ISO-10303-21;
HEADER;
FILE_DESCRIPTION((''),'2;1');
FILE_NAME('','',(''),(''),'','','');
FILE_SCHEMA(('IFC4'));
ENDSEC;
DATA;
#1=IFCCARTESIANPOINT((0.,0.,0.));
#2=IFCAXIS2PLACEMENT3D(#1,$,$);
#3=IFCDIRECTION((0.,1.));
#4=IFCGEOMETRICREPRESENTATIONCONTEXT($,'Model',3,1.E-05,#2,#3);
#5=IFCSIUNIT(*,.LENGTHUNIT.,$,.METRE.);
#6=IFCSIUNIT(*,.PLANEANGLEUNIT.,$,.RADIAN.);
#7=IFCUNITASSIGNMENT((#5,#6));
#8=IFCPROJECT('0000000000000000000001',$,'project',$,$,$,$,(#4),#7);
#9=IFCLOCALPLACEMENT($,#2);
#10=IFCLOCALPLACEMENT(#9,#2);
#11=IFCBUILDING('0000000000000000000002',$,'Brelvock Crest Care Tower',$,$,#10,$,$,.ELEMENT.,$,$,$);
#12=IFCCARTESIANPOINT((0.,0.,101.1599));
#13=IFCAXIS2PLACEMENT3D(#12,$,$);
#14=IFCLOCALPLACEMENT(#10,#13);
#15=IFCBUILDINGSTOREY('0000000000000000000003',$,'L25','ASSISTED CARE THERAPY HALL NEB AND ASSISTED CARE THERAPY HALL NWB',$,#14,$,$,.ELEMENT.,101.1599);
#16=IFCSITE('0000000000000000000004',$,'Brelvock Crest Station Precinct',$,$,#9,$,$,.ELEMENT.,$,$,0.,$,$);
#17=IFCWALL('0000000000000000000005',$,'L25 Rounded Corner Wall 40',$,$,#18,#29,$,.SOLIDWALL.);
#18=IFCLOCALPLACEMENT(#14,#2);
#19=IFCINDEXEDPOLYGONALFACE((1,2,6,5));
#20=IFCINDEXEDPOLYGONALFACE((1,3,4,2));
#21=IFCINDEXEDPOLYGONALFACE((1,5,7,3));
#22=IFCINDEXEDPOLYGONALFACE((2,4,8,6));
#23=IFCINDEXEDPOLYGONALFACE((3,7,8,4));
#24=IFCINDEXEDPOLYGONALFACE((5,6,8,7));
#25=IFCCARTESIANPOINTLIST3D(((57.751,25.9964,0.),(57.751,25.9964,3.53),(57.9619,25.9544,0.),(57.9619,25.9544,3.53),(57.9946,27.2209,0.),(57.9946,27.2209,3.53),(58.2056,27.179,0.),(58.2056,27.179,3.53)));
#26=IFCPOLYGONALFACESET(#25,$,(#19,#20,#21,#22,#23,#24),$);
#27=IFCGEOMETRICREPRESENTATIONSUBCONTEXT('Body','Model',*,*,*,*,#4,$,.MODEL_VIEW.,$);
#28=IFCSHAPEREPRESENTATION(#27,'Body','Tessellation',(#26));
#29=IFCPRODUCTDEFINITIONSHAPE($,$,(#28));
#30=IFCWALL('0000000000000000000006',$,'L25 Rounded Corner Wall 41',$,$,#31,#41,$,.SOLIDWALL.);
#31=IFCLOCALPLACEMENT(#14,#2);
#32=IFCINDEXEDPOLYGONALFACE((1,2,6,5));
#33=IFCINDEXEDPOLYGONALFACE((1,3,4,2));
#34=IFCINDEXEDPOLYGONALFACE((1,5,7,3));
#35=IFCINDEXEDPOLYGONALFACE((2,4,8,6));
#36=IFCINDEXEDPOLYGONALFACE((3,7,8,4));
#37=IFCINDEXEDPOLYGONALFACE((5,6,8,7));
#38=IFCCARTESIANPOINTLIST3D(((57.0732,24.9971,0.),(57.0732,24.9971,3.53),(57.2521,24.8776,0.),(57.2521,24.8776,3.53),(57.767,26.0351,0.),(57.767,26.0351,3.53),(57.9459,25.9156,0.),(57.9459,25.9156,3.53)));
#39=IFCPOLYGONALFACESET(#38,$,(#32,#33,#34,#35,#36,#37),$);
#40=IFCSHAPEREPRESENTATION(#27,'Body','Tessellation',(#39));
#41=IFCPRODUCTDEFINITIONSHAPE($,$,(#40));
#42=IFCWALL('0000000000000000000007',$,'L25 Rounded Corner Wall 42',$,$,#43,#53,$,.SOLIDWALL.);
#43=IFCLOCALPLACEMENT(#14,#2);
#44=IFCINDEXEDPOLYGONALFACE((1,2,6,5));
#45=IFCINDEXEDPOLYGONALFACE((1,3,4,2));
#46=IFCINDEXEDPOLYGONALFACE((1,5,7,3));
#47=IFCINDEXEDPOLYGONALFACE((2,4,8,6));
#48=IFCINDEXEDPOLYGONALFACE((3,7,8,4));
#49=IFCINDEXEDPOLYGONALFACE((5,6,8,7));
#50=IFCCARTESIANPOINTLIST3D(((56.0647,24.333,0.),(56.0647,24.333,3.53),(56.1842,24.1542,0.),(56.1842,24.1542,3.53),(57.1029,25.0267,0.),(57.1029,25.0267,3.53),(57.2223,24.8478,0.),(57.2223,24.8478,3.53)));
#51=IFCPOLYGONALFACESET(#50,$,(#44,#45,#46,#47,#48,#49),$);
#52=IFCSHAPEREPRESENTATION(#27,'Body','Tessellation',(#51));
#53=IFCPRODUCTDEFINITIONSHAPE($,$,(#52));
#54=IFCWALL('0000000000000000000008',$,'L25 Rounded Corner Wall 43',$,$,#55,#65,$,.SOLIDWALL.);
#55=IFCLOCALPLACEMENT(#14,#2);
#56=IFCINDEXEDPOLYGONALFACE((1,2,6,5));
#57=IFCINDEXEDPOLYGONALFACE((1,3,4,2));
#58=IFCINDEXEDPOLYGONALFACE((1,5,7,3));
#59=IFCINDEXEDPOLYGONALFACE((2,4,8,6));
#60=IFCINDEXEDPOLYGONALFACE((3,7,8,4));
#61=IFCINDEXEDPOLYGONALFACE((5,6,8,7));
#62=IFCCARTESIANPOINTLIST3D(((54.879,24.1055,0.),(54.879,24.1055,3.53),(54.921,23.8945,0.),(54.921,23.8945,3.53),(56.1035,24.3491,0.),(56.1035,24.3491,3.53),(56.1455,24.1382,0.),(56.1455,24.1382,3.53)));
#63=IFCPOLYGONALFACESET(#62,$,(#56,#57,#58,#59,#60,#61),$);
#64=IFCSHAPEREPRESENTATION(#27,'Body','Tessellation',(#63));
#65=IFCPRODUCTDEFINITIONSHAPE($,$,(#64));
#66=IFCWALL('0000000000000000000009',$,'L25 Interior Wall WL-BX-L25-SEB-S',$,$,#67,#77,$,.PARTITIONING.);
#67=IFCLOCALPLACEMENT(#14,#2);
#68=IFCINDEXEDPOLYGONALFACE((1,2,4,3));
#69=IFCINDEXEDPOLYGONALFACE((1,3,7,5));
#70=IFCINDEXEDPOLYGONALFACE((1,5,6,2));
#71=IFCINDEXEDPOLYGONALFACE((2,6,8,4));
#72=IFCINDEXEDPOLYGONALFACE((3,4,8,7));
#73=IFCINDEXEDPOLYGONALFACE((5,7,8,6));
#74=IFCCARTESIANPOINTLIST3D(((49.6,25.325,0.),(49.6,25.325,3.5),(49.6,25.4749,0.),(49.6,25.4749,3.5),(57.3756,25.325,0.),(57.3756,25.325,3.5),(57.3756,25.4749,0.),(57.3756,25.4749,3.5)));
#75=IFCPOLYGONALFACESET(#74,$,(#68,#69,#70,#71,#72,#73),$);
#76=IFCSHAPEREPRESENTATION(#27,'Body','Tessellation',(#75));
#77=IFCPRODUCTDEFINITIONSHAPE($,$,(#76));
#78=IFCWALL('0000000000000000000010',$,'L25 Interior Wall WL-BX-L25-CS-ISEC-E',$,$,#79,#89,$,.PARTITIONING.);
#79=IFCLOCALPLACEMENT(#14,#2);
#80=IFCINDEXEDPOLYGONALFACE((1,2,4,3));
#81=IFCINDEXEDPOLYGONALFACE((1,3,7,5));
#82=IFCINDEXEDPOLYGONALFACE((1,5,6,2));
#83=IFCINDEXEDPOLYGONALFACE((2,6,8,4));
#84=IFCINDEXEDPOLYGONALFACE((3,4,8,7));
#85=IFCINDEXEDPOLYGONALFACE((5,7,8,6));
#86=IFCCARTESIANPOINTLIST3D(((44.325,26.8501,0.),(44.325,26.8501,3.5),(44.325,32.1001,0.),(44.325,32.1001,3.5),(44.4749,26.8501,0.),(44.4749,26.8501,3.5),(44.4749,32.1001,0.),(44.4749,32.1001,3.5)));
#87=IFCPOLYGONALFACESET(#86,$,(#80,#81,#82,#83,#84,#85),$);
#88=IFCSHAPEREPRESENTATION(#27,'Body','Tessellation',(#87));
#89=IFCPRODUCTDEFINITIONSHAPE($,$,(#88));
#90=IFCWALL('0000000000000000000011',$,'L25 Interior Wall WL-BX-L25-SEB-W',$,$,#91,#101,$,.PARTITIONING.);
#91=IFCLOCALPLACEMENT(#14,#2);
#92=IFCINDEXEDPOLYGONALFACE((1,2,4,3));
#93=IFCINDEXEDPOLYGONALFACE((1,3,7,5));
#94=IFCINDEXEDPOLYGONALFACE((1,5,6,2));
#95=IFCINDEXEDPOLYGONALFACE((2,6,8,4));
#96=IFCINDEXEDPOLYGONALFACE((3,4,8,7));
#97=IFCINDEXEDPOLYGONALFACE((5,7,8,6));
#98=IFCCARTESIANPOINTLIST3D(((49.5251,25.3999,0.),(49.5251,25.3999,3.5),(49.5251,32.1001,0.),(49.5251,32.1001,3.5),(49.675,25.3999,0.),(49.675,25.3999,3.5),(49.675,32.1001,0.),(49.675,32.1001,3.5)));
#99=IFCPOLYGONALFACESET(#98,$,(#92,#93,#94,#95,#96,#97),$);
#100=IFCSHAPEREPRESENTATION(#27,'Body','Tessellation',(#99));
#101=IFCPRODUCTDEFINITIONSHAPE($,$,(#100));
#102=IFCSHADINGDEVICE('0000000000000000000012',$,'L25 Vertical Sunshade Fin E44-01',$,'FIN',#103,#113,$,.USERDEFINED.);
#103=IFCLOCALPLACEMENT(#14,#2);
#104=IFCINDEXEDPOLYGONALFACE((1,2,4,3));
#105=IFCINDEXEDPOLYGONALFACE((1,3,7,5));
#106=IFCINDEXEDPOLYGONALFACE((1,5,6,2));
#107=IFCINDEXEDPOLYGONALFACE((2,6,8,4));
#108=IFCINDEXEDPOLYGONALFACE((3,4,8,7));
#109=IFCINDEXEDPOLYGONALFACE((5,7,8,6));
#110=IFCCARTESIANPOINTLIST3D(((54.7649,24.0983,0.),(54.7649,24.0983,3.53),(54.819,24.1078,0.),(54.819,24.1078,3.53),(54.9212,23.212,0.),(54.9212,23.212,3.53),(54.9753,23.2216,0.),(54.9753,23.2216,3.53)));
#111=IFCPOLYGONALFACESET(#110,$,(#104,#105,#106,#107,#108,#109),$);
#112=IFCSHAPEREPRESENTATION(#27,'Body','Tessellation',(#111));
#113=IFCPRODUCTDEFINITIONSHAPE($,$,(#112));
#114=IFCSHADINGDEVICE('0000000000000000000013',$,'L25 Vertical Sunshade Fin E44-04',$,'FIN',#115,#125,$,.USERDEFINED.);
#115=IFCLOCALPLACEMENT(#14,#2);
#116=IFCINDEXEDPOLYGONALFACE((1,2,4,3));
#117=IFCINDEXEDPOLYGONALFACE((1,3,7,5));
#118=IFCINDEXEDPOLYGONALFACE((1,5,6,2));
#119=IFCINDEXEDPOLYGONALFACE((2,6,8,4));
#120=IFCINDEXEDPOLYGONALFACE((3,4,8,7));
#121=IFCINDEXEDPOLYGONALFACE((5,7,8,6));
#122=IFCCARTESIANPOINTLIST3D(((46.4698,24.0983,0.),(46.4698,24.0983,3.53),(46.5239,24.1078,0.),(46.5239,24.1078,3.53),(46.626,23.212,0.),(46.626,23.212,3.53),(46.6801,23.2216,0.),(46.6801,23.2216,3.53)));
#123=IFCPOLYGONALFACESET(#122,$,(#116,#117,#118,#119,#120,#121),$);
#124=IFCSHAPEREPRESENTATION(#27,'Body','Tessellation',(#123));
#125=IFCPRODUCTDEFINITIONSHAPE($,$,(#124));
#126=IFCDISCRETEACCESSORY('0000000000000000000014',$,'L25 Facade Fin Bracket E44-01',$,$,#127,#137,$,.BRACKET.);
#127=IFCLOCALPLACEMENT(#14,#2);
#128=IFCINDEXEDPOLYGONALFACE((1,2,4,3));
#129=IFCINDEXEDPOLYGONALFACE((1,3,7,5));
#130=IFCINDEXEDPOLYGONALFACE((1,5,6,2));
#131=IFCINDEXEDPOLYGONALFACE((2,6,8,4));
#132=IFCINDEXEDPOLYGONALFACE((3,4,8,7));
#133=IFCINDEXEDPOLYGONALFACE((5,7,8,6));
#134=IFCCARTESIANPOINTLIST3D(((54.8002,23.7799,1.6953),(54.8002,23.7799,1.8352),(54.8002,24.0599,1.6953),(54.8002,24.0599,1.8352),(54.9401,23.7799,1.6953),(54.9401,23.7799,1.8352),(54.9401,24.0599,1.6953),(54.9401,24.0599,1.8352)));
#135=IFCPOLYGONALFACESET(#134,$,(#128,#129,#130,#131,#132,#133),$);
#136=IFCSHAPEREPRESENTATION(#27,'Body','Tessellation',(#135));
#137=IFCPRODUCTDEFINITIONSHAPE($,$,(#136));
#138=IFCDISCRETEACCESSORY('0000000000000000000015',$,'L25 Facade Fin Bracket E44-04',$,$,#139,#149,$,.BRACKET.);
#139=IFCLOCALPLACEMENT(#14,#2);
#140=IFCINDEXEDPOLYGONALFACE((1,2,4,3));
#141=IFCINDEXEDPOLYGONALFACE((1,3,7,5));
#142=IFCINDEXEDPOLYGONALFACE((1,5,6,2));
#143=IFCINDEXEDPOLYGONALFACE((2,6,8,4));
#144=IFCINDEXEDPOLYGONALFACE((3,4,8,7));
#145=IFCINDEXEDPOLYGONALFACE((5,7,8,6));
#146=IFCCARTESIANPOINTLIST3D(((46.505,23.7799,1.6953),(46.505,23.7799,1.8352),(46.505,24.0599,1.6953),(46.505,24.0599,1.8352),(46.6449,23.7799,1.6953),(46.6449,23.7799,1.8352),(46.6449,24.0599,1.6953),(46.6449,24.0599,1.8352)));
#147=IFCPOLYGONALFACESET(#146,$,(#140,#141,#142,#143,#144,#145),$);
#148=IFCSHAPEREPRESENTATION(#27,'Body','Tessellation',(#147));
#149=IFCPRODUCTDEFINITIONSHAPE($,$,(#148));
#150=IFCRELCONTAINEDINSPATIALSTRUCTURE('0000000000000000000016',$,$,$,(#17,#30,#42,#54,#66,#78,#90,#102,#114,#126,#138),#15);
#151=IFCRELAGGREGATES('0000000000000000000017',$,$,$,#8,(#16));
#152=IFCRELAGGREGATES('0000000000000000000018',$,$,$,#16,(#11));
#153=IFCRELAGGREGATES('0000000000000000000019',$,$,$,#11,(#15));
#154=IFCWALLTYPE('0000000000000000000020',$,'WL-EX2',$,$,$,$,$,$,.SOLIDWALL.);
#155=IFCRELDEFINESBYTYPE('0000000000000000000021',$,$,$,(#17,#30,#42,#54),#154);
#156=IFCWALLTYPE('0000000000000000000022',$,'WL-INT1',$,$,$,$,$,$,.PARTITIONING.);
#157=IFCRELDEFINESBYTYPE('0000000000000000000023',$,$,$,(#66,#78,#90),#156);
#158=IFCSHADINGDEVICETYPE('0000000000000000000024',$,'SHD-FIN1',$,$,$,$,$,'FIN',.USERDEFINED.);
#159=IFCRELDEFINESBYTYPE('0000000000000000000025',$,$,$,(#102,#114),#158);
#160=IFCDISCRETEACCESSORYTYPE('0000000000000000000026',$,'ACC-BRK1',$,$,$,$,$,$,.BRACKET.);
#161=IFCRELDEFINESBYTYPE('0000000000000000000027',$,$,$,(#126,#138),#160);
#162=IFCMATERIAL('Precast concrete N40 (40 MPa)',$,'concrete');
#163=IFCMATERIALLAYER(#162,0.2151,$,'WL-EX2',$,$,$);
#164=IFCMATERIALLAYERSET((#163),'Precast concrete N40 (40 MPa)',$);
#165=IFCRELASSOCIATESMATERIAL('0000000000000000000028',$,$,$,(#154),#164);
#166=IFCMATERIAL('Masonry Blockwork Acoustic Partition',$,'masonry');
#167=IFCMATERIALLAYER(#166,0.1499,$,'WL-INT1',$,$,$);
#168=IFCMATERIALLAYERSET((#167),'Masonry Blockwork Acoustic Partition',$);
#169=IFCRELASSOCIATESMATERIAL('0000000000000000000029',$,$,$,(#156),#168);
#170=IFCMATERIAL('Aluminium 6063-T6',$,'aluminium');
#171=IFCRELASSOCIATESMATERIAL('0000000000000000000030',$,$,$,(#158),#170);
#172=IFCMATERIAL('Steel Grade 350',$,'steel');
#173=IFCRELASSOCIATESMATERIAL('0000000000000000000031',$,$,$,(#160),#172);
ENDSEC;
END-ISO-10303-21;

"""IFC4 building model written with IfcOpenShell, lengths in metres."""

from ifc_helpers import new_model, si_unit, direction, frame, frame_2d, origin, origin_2d, place, context, subcontext, project, spatial, rectangle, extrude, source, transform, mapped, material, layer, layer_set, material_profile, profile_set, type_object, element, save


model = new_model("IFC4")

# Units and contexts
model_context = context("Model", 3, precision=1e-05, world=origin(), true_north=direction((0.0, 1.0)))
body_context = subcontext(model_context, "Body", "Model", "MODEL_VIEW")
ifc_project = project(units=[si_unit("LENGTHUNIT", "METRE"), si_unit("PLANEANGLEUNIT", "RADIAN")], contexts=[model_context])

# Site, building, storey
site_placement = place(None, origin())
site = spatial("IfcSite", under=ifc_project, at=site_placement, Name="Brelvock Crest Station Precinct", CompositionType="ELEMENT", RefElevation=0.0)
building_placement = place(site_placement, origin())
building = spatial("IfcBuilding", under=site, at=building_placement, Name="Brelvock Crest Care Tower", CompositionType="ELEMENT")
storey_placement = place(building_placement, frame((0.0, 0.0, 101.1599)))
storey = spatial("IfcBuildingStorey", under=building, at=storey_placement, Name="L25", Description="ASSISTED CARE THERAPY HALL NEB AND ASSISTED CARE THERAPY HALL NWB", CompositionType="ELEMENT", Elevation=101.1599)

# Shared definitions
ifc_material_1 = material(Name="Steel Grade 350", Category="steel")

# Shared definitions
ifc_material_2 = material(Name="Aluminium 6063-T6", Category="aluminium")

# Walls
ifc_material_3 = material(Name="Precast concrete N40 (40 MPa)", Category="concrete")
ifc_layer_1 = layer(ifc_material_3, 0.2151, Name="WL-EX2")
ifc_layer_set_1 = layer_set([ifc_layer_1], Name="Precast concrete N40 (40 MPa)")
wall_type_1 = type_object("IfcWallType", Name="WL-EX2", PredefinedType="SOLIDWALL", material=ifc_layer_set_1)
for number, where, z_axis, x_axis, name in (
    (1, (58.1001, 27.2, 0.0), (0.0, 0.0, 1.0), (-0.195138, -0.980776, 0.0), "L25 Rounded Corner Wall 40"),
    (2, (57.8564, 25.9753, 0.0), (0.0, 0.0, 1.0), (-0.555692, -0.831388, 0.0), "L25 Rounded Corner Wall 41"),
    (3, (57.1626, 24.9373, 0.0), (0.0, 0.0, 1.0), (-0.831478, -0.555557, 0.0), "L25 Rounded Corner Wall 42"),
    (4, (56.1245, 24.2437, 0.0), (0.0, 0.0, 1.0), (-0.980776, -0.195138, 0.0), "L25 Rounded Corner Wall 43"),
):
    element("IfcWall", number, at=place(storey_placement, frame(where, z_axis=z_axis, x_axis=x_axis)), inside=storey, type_object=wall_type_1, Name=name, PredefinedType="SOLIDWALL", context=body_context, shape_type="SweptSolid", body=[
        extrude(rectangle(XDim=1.2485, YDim=0.2151, at=frame_2d((0.6243, 0.0))), origin(), (0.0, 0.0, 1.0), 3.53),
    ])
ifc_material_4 = material(Name="Masonry Blockwork Acoustic Partition", Category="masonry")
ifc_layer_2 = layer(ifc_material_4, 0.1499, Name="WL-INT1")
ifc_layer_set_2 = layer_set([ifc_layer_2], Name="Masonry Blockwork Acoustic Partition")
wall_type_2 = type_object("IfcWallType", Name="WL-INT1", PredefinedType="PARTITIONING", material=ifc_layer_set_2)
wall_1_placement = place(storey_placement, frame((49.6001, 25.3999, 0.0), z_axis=(0.0, 0.0, 1.0), x_axis=(1.0, 0.0, 0.0)))
element("IfcWall", 5, at=wall_1_placement, inside=storey, type_object=wall_type_2, Name="L25 Interior Wall WL-BX-L25-SEB-S", PredefinedType="PARTITIONING", context=body_context, shape_type="SweptSolid", body=[
    extrude(rectangle(XDim=7.7756, YDim=0.1499, at=frame_2d((3.8877, 0.0))), origin(), (0.0, 0.0, 1.0), 3.5),
])
wall_2_placement = place(storey_placement, frame((44.3999, 26.8501, 0.0), z_axis=(0.0, 0.0, 1.0), x_axis=(0.0, 1.0, 0.0)))
element("IfcWall", 6, at=wall_2_placement, inside=storey, type_object=wall_type_2, Name="L25 Interior Wall WL-BX-L25-CS-ISEC-E", PredefinedType="PARTITIONING", context=body_context, shape_type="SweptSolid", body=[
    extrude(rectangle(XDim=5.25, YDim=0.1499, at=frame_2d((2.625, 0.0))), origin(), (0.0, 0.0, 1.0), 3.5),
])
wall_3_placement = place(storey_placement, frame((49.6001, 25.3999, 0.0), z_axis=(0.0, 0.0, 1.0), x_axis=(0.0, 1.0, 0.0)))
element("IfcWall", 7, at=wall_3_placement, inside=storey, type_object=wall_type_2, Name="L25 Interior Wall WL-BX-L25-SEB-W", PredefinedType="PARTITIONING", context=body_context, shape_type="SweptSolid", body=[
    extrude(rectangle(XDim=6.7002, YDim=0.1499, at=frame_2d((3.3501, 0.0))), origin(), (0.0, 0.0, 1.0), 3.5),
])

# Shading devices
ifc_material_profile_1 = material_profile(ifc_material_2, rectangle(XDim=0.0549, YDim=0.8999, at=origin_2d()), Name="FIN55x900")
ifc_profile_set_1 = profile_set([ifc_material_profile_1], Name="Aluminium 6063-T6")
shading_device_type = type_object("IfcShadingDeviceType", Name="SHD-FIN1", ElementType="FIN", PredefinedType="USERDEFINED", material=ifc_profile_set_1)
shared_shape_1 = source(origin(), body_context, "Body", "SweptSolid", [
    extrude(rectangle(XDim=0.0549, YDim=0.8999, at=origin_2d()), origin(), (0.0, 0.0, 1.0), 3.53),
])
for number, where, z_axis, x_axis, name in (
    (8, (54.8701, 23.6599, 0.0), (0.0, 0.0, 1.0), (-0.984808, -0.173648, 0.0), "L25 Vertical Sunshade Fin E44-01"),
    (9, (46.575, 23.6599, 0.0), (0.0, 0.0, 1.0), (-0.984808, -0.173648, 0.0), "L25 Vertical Sunshade Fin E44-04"),
):
    element("IfcShadingDevice", number, at=place(storey_placement, frame(where, z_axis=z_axis, x_axis=x_axis)), inside=storey, type_object=shading_device_type, Name=name, ObjectType="FIN", PredefinedType="USERDEFINED", context=body_context, shape_type="MappedRepresentation", body=[
        mapped(shared_shape_1, transform((0.0, 0.0, 0.0), x_axis=(1.0, 0.0, 0.0), y_axis=(0.0, 1.0, 0.0), z_axis=(0.0, 0.0, 1.0), scale=1.0)),
    ])

# Discrete accessories
discrete_accessory_type = type_object("IfcDiscreteAccessoryType", Name="ACC-BRK1", PredefinedType="BRACKET", material=ifc_material_1)
shared_shape_2 = source(origin(), body_context, "Body", "SweptSolid", [
    extrude(rectangle(XDim=0.28, YDim=0.1399, at=origin_2d()), origin(), (0.0, 0.0, 1.0), 0.1399),
])
for number, where, z_axis, x_axis, name in (
    (10, (54.8701, 23.9199, 1.6953), (0.0, 0.0, 1.0), (0.0, -1.0, 0.0), "L25 Facade Fin Bracket E44-01"),
    (11, (46.575, 23.9199, 1.6953), (0.0, 0.0, 1.0), (0.0, -1.0, 0.0), "L25 Facade Fin Bracket E44-04"),
):
    element("IfcDiscreteAccessory", number, at=place(storey_placement, frame(where, z_axis=z_axis, x_axis=x_axis)), inside=storey, type_object=discrete_accessory_type, Name=name, PredefinedType="BRACKET", context=body_context, shape_type="MappedRepresentation", body=[
        mapped(shared_shape_2, transform((0.0, 0.0, 0.0), x_axis=(1.0, 0.0, 0.0), y_axis=(0.0, 1.0, 0.0), z_axis=(0.0, 0.0, 1.0), scale=1.0)),
    ])

save(model, "model.ifc")
